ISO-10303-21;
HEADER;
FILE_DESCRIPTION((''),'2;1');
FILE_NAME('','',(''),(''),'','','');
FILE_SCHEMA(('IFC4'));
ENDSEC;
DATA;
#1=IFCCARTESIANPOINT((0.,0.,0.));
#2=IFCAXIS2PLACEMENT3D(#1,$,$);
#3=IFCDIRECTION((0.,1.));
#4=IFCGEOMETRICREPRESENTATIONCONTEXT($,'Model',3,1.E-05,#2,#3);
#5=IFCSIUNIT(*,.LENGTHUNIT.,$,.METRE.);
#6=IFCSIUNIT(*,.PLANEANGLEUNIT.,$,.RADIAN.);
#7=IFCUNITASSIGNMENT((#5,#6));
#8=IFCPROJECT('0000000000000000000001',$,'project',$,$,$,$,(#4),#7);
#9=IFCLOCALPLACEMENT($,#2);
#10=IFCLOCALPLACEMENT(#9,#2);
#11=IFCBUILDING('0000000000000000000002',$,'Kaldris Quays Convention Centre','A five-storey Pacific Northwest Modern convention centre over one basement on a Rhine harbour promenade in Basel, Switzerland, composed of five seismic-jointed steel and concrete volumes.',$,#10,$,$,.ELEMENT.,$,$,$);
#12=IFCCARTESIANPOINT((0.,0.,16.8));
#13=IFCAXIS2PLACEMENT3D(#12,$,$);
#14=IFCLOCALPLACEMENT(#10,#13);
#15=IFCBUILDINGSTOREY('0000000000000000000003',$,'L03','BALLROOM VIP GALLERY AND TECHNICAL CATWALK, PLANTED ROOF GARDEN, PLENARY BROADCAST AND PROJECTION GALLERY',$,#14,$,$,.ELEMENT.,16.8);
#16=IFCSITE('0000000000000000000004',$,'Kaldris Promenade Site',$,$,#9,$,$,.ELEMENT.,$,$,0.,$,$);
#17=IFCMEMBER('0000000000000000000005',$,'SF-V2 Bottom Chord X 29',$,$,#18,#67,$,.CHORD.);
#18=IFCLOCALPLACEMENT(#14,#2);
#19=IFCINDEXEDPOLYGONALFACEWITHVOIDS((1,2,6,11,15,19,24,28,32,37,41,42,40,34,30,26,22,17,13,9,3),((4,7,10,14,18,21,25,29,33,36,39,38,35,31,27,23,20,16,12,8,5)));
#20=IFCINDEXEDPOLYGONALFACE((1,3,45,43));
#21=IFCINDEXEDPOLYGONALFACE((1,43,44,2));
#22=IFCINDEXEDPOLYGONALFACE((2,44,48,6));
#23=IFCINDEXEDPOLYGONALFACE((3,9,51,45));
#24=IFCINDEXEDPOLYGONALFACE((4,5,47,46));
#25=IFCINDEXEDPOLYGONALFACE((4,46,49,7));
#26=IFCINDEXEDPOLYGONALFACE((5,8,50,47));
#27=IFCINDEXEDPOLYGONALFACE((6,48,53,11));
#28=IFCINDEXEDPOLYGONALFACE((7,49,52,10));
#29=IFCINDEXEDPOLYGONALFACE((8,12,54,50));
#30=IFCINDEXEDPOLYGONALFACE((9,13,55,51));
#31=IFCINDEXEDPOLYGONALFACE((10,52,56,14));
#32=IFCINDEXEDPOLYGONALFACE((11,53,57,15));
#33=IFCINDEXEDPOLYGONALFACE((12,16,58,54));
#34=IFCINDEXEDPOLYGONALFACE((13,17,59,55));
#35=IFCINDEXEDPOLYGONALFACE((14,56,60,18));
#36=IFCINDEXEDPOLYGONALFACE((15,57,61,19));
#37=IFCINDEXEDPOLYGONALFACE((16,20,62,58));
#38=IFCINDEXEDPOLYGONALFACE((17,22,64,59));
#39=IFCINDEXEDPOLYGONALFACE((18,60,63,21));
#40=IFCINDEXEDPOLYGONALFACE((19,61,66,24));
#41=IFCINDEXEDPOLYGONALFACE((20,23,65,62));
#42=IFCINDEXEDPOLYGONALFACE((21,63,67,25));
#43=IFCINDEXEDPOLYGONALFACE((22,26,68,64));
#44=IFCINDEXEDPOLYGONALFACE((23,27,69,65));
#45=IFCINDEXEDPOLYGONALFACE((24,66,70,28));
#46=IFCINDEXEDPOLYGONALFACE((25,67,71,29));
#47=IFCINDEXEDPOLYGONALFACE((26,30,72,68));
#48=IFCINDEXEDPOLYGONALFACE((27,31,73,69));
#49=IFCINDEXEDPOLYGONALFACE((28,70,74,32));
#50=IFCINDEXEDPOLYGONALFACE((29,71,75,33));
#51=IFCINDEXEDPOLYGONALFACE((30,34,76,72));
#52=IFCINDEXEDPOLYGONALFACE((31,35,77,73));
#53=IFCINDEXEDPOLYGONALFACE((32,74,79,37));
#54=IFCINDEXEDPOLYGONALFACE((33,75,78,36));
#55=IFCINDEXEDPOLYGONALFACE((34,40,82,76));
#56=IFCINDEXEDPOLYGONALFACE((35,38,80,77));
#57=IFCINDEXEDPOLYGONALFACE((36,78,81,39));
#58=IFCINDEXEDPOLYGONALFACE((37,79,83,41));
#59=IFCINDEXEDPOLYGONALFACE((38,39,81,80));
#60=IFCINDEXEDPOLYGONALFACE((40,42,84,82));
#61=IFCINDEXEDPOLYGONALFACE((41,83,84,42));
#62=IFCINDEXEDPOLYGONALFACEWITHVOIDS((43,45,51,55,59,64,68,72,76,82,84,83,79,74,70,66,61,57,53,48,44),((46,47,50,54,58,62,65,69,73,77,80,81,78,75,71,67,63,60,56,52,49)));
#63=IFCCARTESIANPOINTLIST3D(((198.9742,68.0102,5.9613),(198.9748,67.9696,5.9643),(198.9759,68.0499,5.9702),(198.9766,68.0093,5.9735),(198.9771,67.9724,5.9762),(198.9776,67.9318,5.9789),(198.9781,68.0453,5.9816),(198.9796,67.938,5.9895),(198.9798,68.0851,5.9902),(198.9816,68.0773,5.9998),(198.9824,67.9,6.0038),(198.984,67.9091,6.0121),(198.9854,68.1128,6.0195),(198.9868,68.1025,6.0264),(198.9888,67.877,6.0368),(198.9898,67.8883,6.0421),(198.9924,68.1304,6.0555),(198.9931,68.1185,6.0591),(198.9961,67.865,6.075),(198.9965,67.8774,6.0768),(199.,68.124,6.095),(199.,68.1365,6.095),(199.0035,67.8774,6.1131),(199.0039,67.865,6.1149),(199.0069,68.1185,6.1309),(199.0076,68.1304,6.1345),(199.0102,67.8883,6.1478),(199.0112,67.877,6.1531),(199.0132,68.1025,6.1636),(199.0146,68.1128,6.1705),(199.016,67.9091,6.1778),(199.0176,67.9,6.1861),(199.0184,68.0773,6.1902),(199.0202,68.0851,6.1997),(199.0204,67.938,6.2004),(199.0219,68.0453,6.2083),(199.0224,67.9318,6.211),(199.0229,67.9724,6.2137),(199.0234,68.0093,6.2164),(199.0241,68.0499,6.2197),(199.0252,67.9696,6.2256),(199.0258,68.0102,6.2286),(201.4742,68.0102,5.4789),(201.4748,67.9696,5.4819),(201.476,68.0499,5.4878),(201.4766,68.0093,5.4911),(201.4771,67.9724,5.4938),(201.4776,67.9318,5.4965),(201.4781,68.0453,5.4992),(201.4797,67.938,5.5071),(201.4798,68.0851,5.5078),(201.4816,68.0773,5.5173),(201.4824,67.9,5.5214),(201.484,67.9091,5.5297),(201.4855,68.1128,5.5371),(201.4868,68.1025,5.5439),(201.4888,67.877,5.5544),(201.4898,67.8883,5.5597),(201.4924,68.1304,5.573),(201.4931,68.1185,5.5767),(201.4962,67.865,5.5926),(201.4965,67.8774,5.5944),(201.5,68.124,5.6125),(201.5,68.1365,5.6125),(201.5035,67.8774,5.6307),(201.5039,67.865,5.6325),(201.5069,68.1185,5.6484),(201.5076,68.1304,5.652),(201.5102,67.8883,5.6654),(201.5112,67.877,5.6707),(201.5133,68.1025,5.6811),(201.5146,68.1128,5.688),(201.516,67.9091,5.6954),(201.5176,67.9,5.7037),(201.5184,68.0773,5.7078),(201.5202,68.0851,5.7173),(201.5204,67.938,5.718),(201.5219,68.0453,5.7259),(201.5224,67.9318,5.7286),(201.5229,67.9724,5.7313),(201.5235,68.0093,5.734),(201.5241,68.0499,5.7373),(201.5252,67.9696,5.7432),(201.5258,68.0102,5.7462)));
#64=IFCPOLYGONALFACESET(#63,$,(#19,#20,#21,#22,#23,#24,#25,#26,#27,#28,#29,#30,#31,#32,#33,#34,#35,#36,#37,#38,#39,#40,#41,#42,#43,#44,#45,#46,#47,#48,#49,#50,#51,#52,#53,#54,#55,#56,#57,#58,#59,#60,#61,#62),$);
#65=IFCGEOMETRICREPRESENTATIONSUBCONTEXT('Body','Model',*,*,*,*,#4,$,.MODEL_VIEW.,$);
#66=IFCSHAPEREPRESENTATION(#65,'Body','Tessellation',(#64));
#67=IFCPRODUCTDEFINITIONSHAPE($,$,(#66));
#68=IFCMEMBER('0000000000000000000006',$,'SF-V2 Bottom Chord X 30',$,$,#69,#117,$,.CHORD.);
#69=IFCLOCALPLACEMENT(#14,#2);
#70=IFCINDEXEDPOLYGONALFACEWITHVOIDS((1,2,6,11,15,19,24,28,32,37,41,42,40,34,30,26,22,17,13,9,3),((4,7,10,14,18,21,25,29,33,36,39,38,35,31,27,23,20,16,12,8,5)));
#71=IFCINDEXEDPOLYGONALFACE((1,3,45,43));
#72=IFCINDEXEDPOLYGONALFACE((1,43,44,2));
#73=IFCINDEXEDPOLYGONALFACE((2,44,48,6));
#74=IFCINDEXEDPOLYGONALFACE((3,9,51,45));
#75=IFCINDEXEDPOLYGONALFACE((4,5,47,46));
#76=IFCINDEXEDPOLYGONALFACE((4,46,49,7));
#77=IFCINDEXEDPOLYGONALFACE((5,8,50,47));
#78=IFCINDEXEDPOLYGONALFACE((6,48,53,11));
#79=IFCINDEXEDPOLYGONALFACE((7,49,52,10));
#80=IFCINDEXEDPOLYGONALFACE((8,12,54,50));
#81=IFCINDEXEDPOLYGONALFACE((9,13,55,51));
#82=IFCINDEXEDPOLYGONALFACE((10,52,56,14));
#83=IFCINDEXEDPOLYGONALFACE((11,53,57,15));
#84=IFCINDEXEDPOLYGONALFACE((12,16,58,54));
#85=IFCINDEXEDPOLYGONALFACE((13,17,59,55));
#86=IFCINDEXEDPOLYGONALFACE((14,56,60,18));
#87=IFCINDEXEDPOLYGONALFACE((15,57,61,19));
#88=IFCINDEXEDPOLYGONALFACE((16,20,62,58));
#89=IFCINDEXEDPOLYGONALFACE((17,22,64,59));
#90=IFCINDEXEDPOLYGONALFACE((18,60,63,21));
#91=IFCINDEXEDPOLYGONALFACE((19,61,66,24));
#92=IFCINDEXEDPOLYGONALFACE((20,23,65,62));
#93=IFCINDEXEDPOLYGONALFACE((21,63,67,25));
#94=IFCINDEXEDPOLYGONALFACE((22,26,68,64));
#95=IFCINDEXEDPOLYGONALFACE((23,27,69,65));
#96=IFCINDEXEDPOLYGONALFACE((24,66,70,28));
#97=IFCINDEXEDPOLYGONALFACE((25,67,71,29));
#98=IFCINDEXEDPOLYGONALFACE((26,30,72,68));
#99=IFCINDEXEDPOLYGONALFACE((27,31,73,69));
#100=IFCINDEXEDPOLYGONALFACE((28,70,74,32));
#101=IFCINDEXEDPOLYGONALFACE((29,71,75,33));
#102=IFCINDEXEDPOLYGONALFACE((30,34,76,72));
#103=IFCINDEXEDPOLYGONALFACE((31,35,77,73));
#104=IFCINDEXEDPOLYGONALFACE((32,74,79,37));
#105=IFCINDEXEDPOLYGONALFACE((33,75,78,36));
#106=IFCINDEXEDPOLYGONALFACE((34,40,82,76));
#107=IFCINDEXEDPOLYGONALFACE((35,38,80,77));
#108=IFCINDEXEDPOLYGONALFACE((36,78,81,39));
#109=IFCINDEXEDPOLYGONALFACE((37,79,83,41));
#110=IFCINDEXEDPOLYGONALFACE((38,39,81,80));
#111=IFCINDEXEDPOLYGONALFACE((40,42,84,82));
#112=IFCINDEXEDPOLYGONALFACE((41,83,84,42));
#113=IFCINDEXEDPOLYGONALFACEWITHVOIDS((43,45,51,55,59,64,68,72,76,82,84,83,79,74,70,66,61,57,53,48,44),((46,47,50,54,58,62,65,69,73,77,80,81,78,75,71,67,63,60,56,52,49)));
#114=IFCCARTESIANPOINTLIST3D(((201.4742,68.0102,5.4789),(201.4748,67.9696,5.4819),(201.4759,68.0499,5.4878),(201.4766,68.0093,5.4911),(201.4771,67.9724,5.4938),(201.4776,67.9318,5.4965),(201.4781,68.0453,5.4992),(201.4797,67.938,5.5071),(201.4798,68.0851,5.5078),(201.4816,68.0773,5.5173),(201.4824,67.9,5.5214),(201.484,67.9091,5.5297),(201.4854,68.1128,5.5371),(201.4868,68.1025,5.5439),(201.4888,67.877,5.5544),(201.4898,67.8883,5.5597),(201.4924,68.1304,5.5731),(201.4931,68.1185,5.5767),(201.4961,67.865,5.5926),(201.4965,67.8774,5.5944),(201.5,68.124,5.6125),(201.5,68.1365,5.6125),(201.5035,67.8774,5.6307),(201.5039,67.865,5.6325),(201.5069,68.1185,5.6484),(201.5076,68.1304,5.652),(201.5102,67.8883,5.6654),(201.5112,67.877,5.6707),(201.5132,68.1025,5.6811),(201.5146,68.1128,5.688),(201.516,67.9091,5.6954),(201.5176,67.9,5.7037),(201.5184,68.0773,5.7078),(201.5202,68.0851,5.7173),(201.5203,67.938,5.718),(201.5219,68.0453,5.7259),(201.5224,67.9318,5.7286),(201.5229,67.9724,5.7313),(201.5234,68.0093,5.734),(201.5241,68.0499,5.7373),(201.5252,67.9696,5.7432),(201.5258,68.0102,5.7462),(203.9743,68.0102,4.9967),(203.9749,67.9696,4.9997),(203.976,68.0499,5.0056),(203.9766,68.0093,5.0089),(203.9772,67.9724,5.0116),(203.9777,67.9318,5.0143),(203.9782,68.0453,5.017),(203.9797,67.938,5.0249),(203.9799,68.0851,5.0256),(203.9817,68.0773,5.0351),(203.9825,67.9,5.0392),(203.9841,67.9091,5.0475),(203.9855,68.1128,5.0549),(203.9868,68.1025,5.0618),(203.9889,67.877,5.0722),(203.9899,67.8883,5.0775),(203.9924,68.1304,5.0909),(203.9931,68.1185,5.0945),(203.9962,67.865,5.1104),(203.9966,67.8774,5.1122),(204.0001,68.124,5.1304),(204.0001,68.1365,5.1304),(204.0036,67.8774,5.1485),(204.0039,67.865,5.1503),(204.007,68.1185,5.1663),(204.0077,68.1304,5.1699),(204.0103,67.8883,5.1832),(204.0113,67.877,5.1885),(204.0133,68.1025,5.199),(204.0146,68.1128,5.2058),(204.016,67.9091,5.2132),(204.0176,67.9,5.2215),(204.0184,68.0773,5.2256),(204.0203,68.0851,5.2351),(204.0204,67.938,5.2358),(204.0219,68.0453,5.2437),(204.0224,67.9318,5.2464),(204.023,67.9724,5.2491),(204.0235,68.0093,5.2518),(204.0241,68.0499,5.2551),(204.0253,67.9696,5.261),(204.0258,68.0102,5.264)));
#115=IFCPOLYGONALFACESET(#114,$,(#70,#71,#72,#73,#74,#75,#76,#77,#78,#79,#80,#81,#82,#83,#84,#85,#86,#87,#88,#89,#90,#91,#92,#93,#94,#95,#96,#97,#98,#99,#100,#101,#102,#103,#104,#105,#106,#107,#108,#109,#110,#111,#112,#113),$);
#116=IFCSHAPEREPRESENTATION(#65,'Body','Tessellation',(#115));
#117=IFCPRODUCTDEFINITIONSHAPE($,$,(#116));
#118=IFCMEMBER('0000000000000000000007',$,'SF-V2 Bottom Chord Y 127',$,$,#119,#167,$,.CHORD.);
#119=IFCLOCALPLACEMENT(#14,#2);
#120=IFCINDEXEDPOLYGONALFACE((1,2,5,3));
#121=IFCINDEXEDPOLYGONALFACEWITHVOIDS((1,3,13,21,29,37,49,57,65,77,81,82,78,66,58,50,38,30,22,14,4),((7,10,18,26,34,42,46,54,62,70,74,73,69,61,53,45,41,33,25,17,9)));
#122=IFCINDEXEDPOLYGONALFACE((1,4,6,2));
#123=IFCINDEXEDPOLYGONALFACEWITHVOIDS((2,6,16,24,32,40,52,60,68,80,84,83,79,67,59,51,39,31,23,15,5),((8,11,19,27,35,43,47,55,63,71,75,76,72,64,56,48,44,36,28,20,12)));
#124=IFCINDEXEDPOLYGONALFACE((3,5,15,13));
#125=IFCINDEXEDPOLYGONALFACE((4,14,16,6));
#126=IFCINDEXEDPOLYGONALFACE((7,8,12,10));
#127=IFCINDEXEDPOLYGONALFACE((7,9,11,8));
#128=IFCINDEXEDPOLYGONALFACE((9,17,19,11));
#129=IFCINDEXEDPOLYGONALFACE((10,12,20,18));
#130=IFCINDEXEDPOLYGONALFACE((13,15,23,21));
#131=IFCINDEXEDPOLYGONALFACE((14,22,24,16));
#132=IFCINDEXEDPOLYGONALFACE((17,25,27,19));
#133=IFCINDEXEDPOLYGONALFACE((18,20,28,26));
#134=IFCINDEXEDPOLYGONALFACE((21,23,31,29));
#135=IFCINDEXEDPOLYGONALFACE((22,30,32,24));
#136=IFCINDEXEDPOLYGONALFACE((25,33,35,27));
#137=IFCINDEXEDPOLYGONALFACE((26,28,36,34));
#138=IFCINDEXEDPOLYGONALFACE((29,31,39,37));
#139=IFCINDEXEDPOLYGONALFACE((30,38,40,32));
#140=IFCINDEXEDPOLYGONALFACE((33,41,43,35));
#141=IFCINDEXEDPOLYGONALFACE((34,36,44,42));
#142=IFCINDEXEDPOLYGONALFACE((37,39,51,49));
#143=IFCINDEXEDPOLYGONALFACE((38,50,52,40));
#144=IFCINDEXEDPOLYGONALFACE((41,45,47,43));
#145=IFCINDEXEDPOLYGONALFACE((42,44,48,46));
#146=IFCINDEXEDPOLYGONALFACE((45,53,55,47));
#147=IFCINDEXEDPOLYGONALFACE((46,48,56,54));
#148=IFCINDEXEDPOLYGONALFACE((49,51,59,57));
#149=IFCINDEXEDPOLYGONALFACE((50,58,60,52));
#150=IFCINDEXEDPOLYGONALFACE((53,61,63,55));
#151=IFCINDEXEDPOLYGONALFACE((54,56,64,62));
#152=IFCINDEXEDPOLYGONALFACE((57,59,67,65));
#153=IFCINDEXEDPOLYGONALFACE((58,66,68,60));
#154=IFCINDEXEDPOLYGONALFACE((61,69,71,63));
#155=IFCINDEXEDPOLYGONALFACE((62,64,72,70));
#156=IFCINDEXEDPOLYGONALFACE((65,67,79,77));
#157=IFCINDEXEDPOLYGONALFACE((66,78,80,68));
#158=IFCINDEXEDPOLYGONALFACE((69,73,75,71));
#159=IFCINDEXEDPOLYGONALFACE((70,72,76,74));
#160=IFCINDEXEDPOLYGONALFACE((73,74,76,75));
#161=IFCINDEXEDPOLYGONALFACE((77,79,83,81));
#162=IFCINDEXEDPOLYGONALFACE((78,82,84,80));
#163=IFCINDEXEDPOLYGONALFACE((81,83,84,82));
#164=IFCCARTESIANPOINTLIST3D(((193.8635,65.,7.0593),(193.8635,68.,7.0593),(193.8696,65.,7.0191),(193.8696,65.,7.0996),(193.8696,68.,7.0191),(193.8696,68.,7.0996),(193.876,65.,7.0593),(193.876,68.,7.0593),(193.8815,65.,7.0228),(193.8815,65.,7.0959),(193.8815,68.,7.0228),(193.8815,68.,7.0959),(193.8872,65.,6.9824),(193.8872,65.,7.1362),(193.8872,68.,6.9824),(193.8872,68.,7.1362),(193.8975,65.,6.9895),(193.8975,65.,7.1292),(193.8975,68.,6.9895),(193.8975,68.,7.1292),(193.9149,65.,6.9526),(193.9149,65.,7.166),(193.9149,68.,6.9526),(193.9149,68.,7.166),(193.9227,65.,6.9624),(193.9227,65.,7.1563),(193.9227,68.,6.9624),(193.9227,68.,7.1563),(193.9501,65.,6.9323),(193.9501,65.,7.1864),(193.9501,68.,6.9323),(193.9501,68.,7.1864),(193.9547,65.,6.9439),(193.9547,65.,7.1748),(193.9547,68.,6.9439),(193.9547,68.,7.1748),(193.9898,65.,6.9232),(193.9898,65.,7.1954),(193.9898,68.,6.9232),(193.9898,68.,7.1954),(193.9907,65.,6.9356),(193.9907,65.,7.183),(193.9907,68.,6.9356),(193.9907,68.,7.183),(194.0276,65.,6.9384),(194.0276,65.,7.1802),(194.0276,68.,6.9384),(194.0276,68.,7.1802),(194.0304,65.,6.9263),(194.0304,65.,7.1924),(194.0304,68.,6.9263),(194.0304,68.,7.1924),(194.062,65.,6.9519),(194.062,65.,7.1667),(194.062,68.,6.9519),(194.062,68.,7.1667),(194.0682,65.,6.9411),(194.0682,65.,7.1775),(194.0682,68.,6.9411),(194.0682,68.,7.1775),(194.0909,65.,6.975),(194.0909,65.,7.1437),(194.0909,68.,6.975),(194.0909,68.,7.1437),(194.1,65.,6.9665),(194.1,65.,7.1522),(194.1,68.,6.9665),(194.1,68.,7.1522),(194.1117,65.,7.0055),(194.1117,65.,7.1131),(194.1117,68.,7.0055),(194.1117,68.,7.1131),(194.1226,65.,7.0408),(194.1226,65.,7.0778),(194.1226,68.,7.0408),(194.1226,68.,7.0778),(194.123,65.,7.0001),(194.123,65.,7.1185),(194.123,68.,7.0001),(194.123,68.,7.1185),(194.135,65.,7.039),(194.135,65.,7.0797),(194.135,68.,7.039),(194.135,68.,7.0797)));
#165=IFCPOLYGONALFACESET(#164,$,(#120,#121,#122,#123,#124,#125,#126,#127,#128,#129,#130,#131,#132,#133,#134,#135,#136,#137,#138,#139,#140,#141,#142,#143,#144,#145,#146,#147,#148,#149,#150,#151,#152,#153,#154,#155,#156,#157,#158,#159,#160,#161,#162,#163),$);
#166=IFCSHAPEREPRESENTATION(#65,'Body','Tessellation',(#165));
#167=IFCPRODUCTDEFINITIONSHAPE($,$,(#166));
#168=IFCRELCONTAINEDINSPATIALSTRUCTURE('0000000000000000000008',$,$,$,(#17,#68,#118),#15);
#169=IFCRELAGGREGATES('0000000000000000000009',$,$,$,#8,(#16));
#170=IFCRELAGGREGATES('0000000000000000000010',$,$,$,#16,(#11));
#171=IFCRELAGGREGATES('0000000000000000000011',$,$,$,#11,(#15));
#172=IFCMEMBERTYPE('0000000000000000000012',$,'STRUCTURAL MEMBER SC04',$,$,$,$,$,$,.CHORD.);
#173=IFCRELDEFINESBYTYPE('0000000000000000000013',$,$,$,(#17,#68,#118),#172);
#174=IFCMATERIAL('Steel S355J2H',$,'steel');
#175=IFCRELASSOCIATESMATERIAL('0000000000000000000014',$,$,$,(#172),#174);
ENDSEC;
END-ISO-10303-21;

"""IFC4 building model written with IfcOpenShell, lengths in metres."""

from ifc_helpers import new_model, si_unit, direction, frame, origin, origin_2d, place, context, subcontext, project, spatial, hollow_circle, extrude, material, material_profile, profile_set, type_object, element, save


model = new_model("IFC4")

# Units and contexts
model_context = context("Model", 3, precision=1e-05, world=origin(), true_north=direction((0.0, 1.0)))
body_context = subcontext(model_context, "Body", "Model", "MODEL_VIEW")
ifc_project = project(units=[si_unit("LENGTHUNIT", "METRE"), si_unit("PLANEANGLEUNIT", "RADIAN")], contexts=[model_context])

# Site, building, storey
site_placement = place(None, origin())
site = spatial("IfcSite", under=ifc_project, at=site_placement, Name="Kaldris Promenade Site", CompositionType="ELEMENT", RefElevation=0.0)
building_placement = place(site_placement, origin())
building = spatial("IfcBuilding", under=site, at=building_placement, Name="Kaldris Quays Convention Centre", Description="A five-storey Pacific Northwest Modern convention centre over one basement on a Rhine harbour promenade in Basel, Switzerland, composed of five seismic-jointed steel and concrete volumes.", CompositionType="ELEMENT")
storey_placement = place(building_placement, frame((0.0, 0.0, 16.8)))
storey = spatial("IfcBuildingStorey", under=building, at=storey_placement, Name="L03", Description="BALLROOM VIP GALLERY AND TECHNICAL CATWALK, PLANTED ROOF GARDEN, PLENARY BROADCAST AND PROJECTION GALLERY", CompositionType="ELEMENT", Elevation=16.8)

# Members
ifc_material_1 = material(Name="Steel S355J2H", Category="steel")
ifc_material_profile_1 = material_profile(ifc_material_1, hollow_circle(Radius=0.1365, WallThickness=0.0125, at=origin_2d()), Name="CHS 273x12.5")
ifc_profile_set_1 = profile_set([ifc_material_profile_1], Name="Steel S355J2H")
member_type_1 = type_object("IfcMemberType", Name="STRUCTURAL MEMBER SC04", PredefinedType="CHORD", material=ifc_profile_set_1)
for number, where, z_axis, x_axis, name in (
    (1, (199.0, 68.0, 6.095), (0.981886, 0.0, -0.189473), (0.0, 1.0, 0.0), "SF-V2 Bottom Chord X 29"),
    (2, (201.5, 68.0, 5.6125), (0.981904, 0.0, -0.189381), (0.0, 1.0, 0.0), "SF-V2 Bottom Chord X 30"),
):
    element("IfcMember", number, at=place(storey_placement, frame(where, z_axis=z_axis, x_axis=x_axis)), inside=storey, type_object=member_type_1, Name=name, PredefinedType="CHORD", context=body_context, shape_type="SweptSolid", body=[
        extrude(hollow_circle(Radius=0.1365, WallThickness=0.0125, at=origin_2d()), origin(), (0.0, 0.0, 1.0), 2.5461),
    ])
for number, where, z_axis, x_axis, name in (
    (3, (194.0, 65.0, 7.0593), (0.0, 1.0, 0.0), (-1.0, 0.0, 0.0), "SF-V2 Bottom Chord Y 127"),
):
    element("IfcMember", number, at=place(storey_placement, frame(where, z_axis=z_axis, x_axis=x_axis)), inside=storey, type_object=member_type_1, Name=name, PredefinedType="CHORD", context=body_context, shape_type="SweptSolid", body=[
        extrude(hollow_circle(Radius=0.1365, WallThickness=0.0125, at=origin_2d()), origin(), (0.0, 0.0, 1.0), 3.0),
    ])

save(model, "model.ifc")
